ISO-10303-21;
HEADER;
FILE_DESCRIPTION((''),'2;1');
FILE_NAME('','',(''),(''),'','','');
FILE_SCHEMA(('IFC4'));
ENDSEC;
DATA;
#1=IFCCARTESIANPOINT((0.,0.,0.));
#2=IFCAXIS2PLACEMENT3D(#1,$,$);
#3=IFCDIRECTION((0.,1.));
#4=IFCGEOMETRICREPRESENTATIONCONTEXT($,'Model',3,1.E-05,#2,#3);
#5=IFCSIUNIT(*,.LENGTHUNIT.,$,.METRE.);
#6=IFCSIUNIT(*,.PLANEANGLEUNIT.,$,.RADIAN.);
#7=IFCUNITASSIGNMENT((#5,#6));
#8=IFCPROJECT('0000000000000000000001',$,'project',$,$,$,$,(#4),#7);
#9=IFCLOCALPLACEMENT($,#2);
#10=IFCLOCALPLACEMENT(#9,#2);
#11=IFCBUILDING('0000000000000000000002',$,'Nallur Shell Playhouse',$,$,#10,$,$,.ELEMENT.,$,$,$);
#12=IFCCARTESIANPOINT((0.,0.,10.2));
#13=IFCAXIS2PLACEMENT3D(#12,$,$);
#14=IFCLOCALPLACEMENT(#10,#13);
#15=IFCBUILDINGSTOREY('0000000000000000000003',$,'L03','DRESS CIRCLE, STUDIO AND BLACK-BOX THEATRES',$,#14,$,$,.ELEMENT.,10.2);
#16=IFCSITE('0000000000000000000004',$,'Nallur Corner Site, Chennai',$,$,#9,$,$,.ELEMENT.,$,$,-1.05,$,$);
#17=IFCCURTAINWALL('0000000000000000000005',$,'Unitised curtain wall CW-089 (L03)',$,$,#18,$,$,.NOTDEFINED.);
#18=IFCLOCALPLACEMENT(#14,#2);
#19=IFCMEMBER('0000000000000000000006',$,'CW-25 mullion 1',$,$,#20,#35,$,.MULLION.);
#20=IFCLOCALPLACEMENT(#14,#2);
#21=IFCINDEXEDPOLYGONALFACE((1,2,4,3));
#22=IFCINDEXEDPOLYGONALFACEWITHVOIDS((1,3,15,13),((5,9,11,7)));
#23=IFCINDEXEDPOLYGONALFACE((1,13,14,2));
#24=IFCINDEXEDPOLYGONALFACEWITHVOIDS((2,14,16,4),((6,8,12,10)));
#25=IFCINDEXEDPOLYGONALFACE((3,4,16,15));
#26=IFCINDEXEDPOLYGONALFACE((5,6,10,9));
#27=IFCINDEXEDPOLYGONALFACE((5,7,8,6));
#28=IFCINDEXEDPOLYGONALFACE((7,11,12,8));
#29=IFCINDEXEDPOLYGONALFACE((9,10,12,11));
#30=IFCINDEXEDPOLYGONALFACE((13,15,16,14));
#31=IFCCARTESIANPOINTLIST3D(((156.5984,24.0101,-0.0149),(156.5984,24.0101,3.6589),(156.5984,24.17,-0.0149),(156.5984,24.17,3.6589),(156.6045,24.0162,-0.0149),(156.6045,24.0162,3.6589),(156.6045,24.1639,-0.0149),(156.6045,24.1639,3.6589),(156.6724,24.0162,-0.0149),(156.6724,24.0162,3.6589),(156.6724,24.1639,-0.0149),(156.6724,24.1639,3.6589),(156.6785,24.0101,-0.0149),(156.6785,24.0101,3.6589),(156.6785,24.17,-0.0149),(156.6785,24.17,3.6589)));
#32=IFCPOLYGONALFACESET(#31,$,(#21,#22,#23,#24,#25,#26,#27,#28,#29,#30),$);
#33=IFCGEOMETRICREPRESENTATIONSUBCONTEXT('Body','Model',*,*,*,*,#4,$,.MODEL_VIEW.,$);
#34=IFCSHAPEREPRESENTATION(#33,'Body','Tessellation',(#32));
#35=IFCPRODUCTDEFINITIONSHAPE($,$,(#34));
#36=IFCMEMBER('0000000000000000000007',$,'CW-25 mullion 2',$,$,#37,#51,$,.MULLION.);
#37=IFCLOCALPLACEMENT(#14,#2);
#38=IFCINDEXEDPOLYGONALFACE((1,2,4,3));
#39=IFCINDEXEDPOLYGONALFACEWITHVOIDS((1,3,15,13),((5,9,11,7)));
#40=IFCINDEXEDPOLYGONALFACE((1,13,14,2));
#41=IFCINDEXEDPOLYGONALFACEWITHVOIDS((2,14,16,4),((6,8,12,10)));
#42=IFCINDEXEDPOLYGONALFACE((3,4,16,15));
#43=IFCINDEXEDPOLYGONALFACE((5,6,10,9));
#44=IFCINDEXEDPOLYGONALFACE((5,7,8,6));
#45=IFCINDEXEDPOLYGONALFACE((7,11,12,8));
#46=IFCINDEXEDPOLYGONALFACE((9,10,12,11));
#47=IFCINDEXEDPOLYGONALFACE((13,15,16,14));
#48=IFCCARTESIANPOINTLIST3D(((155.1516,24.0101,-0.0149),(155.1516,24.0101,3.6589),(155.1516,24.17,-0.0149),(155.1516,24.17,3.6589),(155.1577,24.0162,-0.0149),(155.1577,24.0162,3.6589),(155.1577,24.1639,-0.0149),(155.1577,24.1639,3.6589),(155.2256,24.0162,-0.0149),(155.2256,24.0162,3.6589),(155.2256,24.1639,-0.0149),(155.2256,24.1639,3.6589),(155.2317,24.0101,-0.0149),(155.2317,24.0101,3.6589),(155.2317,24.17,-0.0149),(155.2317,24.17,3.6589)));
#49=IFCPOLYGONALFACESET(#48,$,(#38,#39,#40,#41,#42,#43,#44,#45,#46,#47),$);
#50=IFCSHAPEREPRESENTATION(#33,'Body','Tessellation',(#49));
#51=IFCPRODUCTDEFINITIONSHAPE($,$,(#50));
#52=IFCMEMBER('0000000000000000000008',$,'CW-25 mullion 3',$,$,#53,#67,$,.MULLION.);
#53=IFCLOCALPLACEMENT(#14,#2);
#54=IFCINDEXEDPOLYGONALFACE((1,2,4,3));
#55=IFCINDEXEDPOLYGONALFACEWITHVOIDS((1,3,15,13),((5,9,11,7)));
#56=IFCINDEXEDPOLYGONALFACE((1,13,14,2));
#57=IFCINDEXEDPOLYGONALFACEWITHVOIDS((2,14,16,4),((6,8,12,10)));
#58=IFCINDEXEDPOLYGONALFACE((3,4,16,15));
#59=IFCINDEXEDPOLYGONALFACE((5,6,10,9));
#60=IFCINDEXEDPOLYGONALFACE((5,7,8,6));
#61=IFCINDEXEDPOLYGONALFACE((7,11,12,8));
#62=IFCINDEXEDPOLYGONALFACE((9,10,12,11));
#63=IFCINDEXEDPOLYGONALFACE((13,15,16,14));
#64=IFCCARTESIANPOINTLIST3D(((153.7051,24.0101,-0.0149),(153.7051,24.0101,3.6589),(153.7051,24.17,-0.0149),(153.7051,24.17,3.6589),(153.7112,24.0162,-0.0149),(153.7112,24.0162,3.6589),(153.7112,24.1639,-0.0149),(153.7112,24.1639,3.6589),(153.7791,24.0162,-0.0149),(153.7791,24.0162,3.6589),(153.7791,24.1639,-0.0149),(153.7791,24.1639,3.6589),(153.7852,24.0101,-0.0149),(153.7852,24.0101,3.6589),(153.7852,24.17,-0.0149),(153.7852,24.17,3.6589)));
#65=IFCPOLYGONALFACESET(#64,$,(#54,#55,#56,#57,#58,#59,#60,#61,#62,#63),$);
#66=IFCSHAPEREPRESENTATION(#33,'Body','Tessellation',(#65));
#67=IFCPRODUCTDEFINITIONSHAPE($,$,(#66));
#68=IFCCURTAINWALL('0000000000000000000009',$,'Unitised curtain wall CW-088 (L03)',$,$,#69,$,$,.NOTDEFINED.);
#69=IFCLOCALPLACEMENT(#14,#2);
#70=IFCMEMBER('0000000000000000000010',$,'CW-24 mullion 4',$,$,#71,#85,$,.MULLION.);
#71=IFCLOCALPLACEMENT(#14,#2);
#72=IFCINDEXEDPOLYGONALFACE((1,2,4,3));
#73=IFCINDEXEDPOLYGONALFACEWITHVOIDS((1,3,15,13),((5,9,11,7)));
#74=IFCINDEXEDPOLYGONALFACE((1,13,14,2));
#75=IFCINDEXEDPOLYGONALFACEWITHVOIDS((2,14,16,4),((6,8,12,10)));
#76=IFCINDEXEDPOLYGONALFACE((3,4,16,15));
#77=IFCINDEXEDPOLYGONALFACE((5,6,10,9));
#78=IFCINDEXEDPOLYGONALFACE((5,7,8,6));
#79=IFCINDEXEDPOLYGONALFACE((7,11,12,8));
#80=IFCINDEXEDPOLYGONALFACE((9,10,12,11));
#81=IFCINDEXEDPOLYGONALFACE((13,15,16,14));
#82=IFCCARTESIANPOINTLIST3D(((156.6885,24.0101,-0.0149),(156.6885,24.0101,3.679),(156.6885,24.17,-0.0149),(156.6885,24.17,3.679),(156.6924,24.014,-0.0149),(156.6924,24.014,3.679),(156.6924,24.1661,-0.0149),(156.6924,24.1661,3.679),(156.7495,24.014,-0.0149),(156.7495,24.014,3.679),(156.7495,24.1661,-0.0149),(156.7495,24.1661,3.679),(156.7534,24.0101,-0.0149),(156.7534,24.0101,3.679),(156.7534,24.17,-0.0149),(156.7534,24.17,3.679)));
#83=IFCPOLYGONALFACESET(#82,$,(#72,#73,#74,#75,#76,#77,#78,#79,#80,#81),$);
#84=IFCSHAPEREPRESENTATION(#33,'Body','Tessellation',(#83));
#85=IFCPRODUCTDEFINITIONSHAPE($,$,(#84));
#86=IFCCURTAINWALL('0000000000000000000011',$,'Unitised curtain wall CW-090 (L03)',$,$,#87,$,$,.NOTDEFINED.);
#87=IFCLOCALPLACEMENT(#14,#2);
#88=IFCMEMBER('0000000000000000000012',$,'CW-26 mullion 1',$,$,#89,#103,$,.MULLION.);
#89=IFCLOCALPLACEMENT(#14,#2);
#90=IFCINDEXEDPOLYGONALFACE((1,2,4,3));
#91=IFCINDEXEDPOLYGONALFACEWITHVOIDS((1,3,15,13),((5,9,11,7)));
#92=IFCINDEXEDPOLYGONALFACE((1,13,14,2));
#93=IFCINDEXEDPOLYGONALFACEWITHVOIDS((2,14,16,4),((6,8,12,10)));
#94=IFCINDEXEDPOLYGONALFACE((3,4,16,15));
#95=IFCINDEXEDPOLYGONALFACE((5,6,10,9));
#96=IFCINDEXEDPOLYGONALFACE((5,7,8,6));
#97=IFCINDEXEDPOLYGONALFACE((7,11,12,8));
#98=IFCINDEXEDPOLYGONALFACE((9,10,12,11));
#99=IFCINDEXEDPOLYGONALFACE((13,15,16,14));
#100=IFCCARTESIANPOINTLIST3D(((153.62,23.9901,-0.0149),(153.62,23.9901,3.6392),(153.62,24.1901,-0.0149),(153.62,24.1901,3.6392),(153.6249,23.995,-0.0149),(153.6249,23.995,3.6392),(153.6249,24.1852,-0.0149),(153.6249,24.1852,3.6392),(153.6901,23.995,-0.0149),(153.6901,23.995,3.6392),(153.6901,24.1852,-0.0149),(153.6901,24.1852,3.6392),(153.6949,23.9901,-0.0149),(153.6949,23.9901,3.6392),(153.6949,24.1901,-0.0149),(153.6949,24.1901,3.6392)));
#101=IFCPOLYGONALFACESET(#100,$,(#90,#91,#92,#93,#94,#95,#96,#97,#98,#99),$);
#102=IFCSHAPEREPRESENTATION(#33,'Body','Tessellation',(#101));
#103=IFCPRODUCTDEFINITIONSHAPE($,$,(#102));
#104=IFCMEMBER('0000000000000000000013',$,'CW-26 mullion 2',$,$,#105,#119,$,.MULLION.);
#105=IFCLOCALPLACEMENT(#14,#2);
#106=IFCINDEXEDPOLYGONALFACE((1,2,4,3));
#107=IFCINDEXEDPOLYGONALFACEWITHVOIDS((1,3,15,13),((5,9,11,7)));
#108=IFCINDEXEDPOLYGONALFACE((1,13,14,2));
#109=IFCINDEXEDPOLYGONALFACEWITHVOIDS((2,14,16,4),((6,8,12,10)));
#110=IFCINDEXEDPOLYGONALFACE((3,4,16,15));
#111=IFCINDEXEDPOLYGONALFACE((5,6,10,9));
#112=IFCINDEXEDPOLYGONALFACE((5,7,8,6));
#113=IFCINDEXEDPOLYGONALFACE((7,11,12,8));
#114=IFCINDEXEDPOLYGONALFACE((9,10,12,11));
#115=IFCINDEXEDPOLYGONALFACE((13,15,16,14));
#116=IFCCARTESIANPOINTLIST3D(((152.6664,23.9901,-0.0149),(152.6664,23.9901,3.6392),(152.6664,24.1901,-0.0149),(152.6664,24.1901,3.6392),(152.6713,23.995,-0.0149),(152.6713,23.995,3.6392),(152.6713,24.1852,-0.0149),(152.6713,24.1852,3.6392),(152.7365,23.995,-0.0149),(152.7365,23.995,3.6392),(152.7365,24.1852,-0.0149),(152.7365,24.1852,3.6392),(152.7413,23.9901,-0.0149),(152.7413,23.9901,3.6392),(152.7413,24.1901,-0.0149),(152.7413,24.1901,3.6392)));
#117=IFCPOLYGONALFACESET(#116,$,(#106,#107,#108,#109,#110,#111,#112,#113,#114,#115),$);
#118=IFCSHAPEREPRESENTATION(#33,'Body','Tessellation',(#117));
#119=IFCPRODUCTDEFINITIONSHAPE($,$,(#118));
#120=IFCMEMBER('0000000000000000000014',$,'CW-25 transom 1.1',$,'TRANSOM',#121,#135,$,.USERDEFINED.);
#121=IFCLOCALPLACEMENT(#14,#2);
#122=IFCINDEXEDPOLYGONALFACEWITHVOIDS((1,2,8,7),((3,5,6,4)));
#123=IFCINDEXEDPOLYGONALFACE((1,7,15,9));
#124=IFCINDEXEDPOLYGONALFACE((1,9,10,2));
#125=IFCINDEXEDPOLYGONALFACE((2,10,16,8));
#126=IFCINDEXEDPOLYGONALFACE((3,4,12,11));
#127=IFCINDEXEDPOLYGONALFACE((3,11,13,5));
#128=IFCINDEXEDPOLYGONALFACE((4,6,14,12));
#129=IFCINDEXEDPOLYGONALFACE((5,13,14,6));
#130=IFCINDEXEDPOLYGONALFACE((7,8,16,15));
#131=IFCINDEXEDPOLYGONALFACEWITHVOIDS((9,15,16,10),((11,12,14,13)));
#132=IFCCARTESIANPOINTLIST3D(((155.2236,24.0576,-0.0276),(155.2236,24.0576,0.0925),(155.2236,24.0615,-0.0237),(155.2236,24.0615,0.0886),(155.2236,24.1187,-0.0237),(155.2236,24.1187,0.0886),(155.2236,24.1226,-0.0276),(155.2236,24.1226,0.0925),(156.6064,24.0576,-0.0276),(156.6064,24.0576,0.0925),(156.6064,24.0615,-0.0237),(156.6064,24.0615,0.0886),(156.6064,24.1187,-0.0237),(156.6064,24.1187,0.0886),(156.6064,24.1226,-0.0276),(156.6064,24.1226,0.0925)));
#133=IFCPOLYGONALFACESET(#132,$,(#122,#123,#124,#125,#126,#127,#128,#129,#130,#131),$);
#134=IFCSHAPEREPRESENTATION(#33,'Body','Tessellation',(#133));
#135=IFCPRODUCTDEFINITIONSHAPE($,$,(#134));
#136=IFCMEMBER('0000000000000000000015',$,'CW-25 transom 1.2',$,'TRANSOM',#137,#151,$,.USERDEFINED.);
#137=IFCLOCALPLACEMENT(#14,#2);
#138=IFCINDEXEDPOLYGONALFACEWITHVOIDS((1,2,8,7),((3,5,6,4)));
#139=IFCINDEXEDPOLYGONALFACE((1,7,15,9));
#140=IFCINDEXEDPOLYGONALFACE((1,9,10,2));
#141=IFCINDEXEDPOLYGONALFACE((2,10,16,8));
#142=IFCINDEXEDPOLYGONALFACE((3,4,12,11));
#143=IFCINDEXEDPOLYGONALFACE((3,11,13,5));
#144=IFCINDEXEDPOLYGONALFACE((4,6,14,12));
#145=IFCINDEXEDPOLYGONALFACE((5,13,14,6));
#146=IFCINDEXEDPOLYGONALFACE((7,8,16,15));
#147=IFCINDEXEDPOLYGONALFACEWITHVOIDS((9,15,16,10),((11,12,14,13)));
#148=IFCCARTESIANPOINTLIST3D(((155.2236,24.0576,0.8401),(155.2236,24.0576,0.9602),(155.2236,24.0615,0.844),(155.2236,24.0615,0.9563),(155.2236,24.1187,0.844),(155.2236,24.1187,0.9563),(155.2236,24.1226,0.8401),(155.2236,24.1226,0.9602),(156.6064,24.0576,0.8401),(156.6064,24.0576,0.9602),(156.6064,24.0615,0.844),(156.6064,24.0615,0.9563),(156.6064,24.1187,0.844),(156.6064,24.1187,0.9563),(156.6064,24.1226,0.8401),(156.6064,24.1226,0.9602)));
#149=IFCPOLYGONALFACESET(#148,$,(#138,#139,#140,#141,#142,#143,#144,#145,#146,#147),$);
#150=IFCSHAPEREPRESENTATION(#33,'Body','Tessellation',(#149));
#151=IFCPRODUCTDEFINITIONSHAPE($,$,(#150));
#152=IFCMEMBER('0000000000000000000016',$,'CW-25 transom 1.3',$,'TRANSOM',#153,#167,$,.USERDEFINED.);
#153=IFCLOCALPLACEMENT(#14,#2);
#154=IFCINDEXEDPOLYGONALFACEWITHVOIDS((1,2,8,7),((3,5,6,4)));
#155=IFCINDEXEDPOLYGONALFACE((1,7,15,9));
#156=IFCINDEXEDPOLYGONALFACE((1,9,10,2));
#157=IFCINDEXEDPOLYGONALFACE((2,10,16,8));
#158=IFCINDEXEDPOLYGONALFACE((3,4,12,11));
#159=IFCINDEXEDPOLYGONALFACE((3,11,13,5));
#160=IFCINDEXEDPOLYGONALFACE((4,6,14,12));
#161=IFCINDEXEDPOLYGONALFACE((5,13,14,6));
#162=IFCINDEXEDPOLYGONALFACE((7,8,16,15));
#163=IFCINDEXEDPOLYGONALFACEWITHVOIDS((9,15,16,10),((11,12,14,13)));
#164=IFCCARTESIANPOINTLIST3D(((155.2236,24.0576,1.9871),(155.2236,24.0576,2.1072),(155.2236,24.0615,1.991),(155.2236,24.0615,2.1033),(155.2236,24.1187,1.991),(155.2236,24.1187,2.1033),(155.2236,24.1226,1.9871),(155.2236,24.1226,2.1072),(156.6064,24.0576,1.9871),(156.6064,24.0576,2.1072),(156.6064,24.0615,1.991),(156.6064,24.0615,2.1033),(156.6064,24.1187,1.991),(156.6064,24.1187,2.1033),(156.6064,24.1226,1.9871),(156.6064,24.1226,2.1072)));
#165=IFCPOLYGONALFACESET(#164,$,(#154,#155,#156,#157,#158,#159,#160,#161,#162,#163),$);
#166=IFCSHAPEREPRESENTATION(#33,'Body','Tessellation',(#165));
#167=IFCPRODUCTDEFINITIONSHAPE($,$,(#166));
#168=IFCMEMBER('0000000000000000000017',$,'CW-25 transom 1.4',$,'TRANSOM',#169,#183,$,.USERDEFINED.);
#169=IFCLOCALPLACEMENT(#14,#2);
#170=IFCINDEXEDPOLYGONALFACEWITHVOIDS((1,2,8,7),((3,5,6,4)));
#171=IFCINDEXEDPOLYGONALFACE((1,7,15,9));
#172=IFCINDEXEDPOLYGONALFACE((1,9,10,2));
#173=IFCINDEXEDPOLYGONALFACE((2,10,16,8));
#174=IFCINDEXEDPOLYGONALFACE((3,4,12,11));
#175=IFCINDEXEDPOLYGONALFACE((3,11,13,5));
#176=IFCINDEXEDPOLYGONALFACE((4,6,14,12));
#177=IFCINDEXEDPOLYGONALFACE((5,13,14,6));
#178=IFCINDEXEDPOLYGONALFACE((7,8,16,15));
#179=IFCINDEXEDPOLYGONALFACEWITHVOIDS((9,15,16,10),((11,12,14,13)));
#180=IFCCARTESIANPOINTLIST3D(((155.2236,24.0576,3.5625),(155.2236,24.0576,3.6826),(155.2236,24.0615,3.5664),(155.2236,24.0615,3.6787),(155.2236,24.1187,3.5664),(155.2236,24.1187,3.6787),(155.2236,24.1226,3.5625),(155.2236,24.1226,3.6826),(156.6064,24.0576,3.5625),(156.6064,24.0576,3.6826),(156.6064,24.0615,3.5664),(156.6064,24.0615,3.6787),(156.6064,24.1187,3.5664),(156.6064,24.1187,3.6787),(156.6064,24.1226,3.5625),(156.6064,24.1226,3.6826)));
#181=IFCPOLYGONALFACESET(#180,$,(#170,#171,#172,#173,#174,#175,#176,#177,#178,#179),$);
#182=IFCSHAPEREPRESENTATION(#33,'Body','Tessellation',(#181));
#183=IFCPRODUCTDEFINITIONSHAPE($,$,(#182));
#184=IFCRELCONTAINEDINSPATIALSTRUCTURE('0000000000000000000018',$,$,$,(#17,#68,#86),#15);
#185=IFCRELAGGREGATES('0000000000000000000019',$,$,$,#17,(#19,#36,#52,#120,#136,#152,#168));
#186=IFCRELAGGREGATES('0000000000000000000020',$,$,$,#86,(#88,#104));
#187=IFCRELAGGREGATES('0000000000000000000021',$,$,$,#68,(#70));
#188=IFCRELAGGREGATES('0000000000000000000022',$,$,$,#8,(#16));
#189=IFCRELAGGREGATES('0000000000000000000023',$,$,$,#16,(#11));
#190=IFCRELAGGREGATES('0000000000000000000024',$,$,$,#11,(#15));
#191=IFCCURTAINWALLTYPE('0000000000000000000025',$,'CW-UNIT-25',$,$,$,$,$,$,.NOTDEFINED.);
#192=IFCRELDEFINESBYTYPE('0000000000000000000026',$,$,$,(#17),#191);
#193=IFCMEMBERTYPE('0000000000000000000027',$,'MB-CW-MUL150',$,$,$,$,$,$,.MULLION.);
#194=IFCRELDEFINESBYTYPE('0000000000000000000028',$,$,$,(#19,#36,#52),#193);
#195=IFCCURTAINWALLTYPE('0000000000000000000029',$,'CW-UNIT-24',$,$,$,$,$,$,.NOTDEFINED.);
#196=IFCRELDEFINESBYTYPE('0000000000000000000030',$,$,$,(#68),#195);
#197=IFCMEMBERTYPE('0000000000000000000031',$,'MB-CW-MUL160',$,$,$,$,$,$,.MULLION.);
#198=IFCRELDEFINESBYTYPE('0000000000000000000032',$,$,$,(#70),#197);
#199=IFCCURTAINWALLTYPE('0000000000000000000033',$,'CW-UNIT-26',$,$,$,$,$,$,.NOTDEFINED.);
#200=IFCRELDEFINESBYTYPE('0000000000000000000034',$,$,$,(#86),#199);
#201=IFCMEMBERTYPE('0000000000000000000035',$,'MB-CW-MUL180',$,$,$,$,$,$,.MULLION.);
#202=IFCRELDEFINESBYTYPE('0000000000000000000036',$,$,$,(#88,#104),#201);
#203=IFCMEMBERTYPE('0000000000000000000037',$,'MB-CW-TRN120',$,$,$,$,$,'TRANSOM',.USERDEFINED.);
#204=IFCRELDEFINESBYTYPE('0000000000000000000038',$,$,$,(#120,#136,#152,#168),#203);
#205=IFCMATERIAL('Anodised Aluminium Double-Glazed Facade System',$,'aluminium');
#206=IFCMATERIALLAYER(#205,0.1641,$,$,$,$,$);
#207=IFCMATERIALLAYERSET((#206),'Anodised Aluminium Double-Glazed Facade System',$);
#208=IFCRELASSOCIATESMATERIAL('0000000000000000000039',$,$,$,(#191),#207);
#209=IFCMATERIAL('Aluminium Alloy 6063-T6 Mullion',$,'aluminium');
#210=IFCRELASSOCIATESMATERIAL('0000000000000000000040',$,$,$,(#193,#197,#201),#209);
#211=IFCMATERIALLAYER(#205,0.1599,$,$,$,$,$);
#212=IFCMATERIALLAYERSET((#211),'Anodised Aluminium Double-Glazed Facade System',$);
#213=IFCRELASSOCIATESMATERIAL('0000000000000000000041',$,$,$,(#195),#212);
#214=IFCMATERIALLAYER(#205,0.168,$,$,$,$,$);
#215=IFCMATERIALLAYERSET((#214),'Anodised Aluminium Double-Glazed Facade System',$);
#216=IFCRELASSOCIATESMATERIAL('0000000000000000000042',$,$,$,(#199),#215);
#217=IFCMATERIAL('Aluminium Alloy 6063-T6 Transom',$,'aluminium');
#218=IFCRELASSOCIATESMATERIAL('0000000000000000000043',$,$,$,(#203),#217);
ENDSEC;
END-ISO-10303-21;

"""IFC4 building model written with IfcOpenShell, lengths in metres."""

from ifc_helpers import new_model, si_unit, direction, frame, origin, origin_2d, place, context, subcontext, project, spatial, hollow_rectangle, extrude, material, layer, layer_set, material_profile, profile_set, type_object, element, aggregate, save


model = new_model("IFC4")

# Units and contexts
model_context = context("Model", 3, precision=1e-05, world=origin(), true_north=direction((0.0, 1.0)))
body_context = subcontext(model_context, "Body", "Model", "MODEL_VIEW")
ifc_project = project(units=[si_unit("LENGTHUNIT", "METRE"), si_unit("PLANEANGLEUNIT", "RADIAN")], contexts=[model_context])

# Site, building, storey
site_placement = place(None, origin())
site = spatial("IfcSite", under=ifc_project, at=site_placement, Name="Nallur Corner Site, Chennai", CompositionType="ELEMENT", RefElevation=-1.05)
building_placement = place(site_placement, origin())
building = spatial("IfcBuilding", under=site, at=building_placement, Name="Nallur Shell Playhouse", CompositionType="ELEMENT")
storey_placement = place(building_placement, frame((0.0, 0.0, 10.2)))
storey = spatial("IfcBuildingStorey", under=building, at=storey_placement, Name="L03", Description="DRESS CIRCLE, STUDIO AND BLACK-BOX THEATRES", CompositionType="ELEMENT", Elevation=10.2)

# Curtain wall, members
ifc_material_1 = material(Name="Anodised Aluminium Double-Glazed Facade System", Category="aluminium")
ifc_layer_1 = layer(ifc_material_1, 0.1641)
ifc_layer_set_1 = layer_set([ifc_layer_1], Name="Anodised Aluminium Double-Glazed Facade System")
curtain_wall_type_1 = type_object("IfcCurtainWallType", Name="CW-UNIT-25", PredefinedType="NOTDEFINED", material=ifc_layer_set_1)
curtain_wall_1_placement = place(storey_placement, origin())
curtain_wall_1 = element("IfcCurtainWall", 1, at=curtain_wall_1_placement, inside=storey, type_object=curtain_wall_type_1, Name="Unitised curtain wall CW-089 (L03)", PredefinedType="NOTDEFINED")
ifc_material_2 = material(Name="Aluminium Alloy 6063-T6 Mullion", Category="aluminium")
ifc_material_profile_1 = material_profile(ifc_material_2, hollow_rectangle(XDim=0.0801, YDim=0.1599, WallThickness=0.0061, at=origin_2d()), Name="RHS 160x80x6")
ifc_profile_set_1 = profile_set([ifc_material_profile_1], Name="Aluminium Alloy 6063-T6 Mullion")
member_type_1 = type_object("IfcMemberType", Name="MB-CW-MUL150", PredefinedType="MULLION", material=ifc_profile_set_1)
member_1_placement = place(storey_placement, frame((156.6384, 24.0901, -0.0149), z_axis=(0.0, 0.0, 1.0), x_axis=(-1.0, 0.0, 0.0)))
member_1 = element("IfcMember", 2, at=member_1_placement, type_object=member_type_1, Name="CW-25 mullion 1", PredefinedType="MULLION", context=body_context, shape_type="SweptSolid", body=[
    extrude(hollow_rectangle(XDim=0.0801, YDim=0.1599, WallThickness=0.0061, at=origin_2d()), origin(), (0.0, 0.0, 1.0), 3.6738),
])
member_2_placement = place(storey_placement, frame((155.1917, 24.0901, -0.0149), z_axis=(0.0, 0.0, 1.0), x_axis=(-1.0, 0.0, 0.0)))
member_2 = element("IfcMember", 3, at=member_2_placement, type_object=member_type_1, Name="CW-25 mullion 2", PredefinedType="MULLION", context=body_context, shape_type="SweptSolid", body=[
    extrude(hollow_rectangle(XDim=0.0801, YDim=0.1599, WallThickness=0.0061, at=origin_2d()), origin(), (0.0, 0.0, 1.0), 3.6738),
])
member_3_placement = place(storey_placement, frame((153.7451, 24.0901, -0.0149), z_axis=(0.0, 0.0, 1.0), x_axis=(-1.0, 0.0, 0.0)))
member_3 = element("IfcMember", 4, at=member_3_placement, type_object=member_type_1, Name="CW-25 mullion 3", PredefinedType="MULLION", context=body_context, shape_type="SweptSolid", body=[
    extrude(hollow_rectangle(XDim=0.0801, YDim=0.1599, WallThickness=0.0061, at=origin_2d()), origin(), (0.0, 0.0, 1.0), 3.6738),
])

# Curtain wall, member
ifc_layer_2 = layer(ifc_material_1, 0.1599)
ifc_layer_set_2 = layer_set([ifc_layer_2], Name="Anodised Aluminium Double-Glazed Facade System")
curtain_wall_type_2 = type_object("IfcCurtainWallType", Name="CW-UNIT-24", PredefinedType="NOTDEFINED", material=ifc_layer_set_2)
curtain_wall_2_placement = place(storey_placement, origin())
curtain_wall_2 = element("IfcCurtainWall", 5, at=curtain_wall_2_placement, inside=storey, type_object=curtain_wall_type_2, Name="Unitised curtain wall CW-088 (L03)", PredefinedType="NOTDEFINED")
ifc_material_profile_2 = material_profile(ifc_material_2, hollow_rectangle(XDim=0.0649, YDim=0.1599, WallThickness=0.0039, at=origin_2d()), Name="ALU 65x160x4")
ifc_profile_set_2 = profile_set([ifc_material_profile_2], Name="Aluminium Alloy 6063-T6 Mullion")
member_type_2 = type_object("IfcMemberType", Name="MB-CW-MUL160", PredefinedType="MULLION", material=ifc_profile_set_2)
member_4_placement = place(storey_placement, frame((156.7209, 24.0901, -0.0149), z_axis=(0.0, 0.0, 1.0), x_axis=(-1.0, 0.0, 0.0)))
member_4 = element("IfcMember", 6, at=member_4_placement, type_object=member_type_2, Name="CW-24 mullion 4", PredefinedType="MULLION", context=body_context, shape_type="SweptSolid", body=[
    extrude(hollow_rectangle(XDim=0.0649, YDim=0.1599, WallThickness=0.0039, at=origin_2d()), origin(), (0.0, 0.0, 1.0), 3.6938),
])

# Curtain wall, members
ifc_layer_3 = layer(ifc_material_1, 0.168)
ifc_layer_set_3 = layer_set([ifc_layer_3], Name="Anodised Aluminium Double-Glazed Facade System")
curtain_wall_type_3 = type_object("IfcCurtainWallType", Name="CW-UNIT-26", PredefinedType="NOTDEFINED", material=ifc_layer_set_3)
curtain_wall_3_placement = place(storey_placement, origin())
curtain_wall_3 = element("IfcCurtainWall", 7, at=curtain_wall_3_placement, inside=storey, type_object=curtain_wall_type_3, Name="Unitised curtain wall CW-090 (L03)", PredefinedType="NOTDEFINED")
ifc_material_profile_3 = material_profile(ifc_material_2, hollow_rectangle(XDim=0.075, YDim=0.2, WallThickness=0.0049, at=origin_2d()), Name="ALU 75x200x5")
ifc_profile_set_3 = profile_set([ifc_material_profile_3], Name="Aluminium Alloy 6063-T6 Mullion")
member_type_3 = type_object("IfcMemberType", Name="MB-CW-MUL180", PredefinedType="MULLION", material=ifc_profile_set_3)
member_5_placement = place(storey_placement, frame((153.6575, 24.0901, -0.0149), z_axis=(0.0, 0.0, 1.0), x_axis=(-1.0, 0.0, 0.0)))
member_5 = element("IfcMember", 8, at=member_5_placement, type_object=member_type_3, Name="CW-26 mullion 1", PredefinedType="MULLION", context=body_context, shape_type="SweptSolid", body=[
    extrude(hollow_rectangle(XDim=0.075, YDim=0.2, WallThickness=0.0049, at=origin_2d()), origin(), (0.0, 0.0, 1.0), 3.6541),
])
member_6_placement = place(storey_placement, frame((152.7039, 24.0901, -0.0149), z_axis=(0.0, 0.0, 1.0), x_axis=(-1.0, 0.0, 0.0)))
member_6 = element("IfcMember", 9, at=member_6_placement, type_object=member_type_3, Name="CW-26 mullion 2", PredefinedType="MULLION", context=body_context, shape_type="SweptSolid", body=[
    extrude(hollow_rectangle(XDim=0.075, YDim=0.2, WallThickness=0.0049, at=origin_2d()), origin(), (0.0, 0.0, 1.0), 3.6541),
])

# Members
ifc_material_3 = material(Name="Aluminium Alloy 6063-T6 Transom", Category="aluminium")
ifc_material_profile_4 = material_profile(ifc_material_3, hollow_rectangle(XDim=0.0649, YDim=0.1201, WallThickness=0.0039, at=origin_2d()), Name="ALU 65x120x4")
ifc_profile_set_4 = profile_set([ifc_material_profile_4], Name="Aluminium Alloy 6063-T6 Transom")
member_type_4 = type_object("IfcMemberType", Name="MB-CW-TRN120", ElementType="TRANSOM", PredefinedType="USERDEFINED", material=ifc_profile_set_4)
member_7_placement = place(storey_placement, frame((156.6064, 24.0901, 0.0325), z_axis=(-1.0, 0.0, 0.0), x_axis=(0.0, -1.0, 0.0)))
member_7 = element("IfcMember", 10, at=member_7_placement, type_object=member_type_4, Name="CW-25 transom 1.1", ObjectType="TRANSOM", PredefinedType="USERDEFINED", context=body_context, shape_type="SweptSolid", body=[
    extrude(hollow_rectangle(XDim=0.0649, YDim=0.1201, WallThickness=0.0039, at=origin_2d()), origin(), (0.0, 0.0, 1.0), 1.3828),
])
member_8_placement = place(storey_placement, frame((156.6064, 24.0901, 0.9001), z_axis=(-1.0, 0.0, 0.0), x_axis=(0.0, -1.0, 0.0)))
member_8 = element("IfcMember", 11, at=member_8_placement, type_object=member_type_4, Name="CW-25 transom 1.2", ObjectType="TRANSOM", PredefinedType="USERDEFINED", context=body_context, shape_type="SweptSolid", body=[
    extrude(hollow_rectangle(XDim=0.0649, YDim=0.1201, WallThickness=0.0039, at=origin_2d()), origin(), (0.0, 0.0, 1.0), 1.3828),
])
member_9_placement = place(storey_placement, frame((156.6064, 24.0901, 2.0471), z_axis=(-1.0, 0.0, 0.0), x_axis=(0.0, -1.0, 0.0)))
member_9 = element("IfcMember", 12, at=member_9_placement, type_object=member_type_4, Name="CW-25 transom 1.3", ObjectType="TRANSOM", PredefinedType="USERDEFINED", context=body_context, shape_type="SweptSolid", body=[
    extrude(hollow_rectangle(XDim=0.0649, YDim=0.1201, WallThickness=0.0039, at=origin_2d()), origin(), (0.0, 0.0, 1.0), 1.3828),
])
member_10_placement = place(storey_placement, frame((156.6064, 24.0901, 3.6226), z_axis=(-1.0, 0.0, 0.0), x_axis=(0.0, -1.0, 0.0)))
member_10 = element("IfcMember", 13, at=member_10_placement, type_object=member_type_4, Name="CW-25 transom 1.4", ObjectType="TRANSOM", PredefinedType="USERDEFINED", context=body_context, shape_type="SweptSolid", body=[
    extrude(hollow_rectangle(XDim=0.0649, YDim=0.1201, WallThickness=0.0039, at=origin_2d()), origin(), (0.0, 0.0, 1.0), 1.3828),
])

aggregate(curtain_wall_1, [member_1, member_2, member_3, member_7, member_8, member_9, member_10])
aggregate(curtain_wall_3, [member_5, member_6])
aggregate(curtain_wall_2, [member_4])

save(model, "model.ifc")
